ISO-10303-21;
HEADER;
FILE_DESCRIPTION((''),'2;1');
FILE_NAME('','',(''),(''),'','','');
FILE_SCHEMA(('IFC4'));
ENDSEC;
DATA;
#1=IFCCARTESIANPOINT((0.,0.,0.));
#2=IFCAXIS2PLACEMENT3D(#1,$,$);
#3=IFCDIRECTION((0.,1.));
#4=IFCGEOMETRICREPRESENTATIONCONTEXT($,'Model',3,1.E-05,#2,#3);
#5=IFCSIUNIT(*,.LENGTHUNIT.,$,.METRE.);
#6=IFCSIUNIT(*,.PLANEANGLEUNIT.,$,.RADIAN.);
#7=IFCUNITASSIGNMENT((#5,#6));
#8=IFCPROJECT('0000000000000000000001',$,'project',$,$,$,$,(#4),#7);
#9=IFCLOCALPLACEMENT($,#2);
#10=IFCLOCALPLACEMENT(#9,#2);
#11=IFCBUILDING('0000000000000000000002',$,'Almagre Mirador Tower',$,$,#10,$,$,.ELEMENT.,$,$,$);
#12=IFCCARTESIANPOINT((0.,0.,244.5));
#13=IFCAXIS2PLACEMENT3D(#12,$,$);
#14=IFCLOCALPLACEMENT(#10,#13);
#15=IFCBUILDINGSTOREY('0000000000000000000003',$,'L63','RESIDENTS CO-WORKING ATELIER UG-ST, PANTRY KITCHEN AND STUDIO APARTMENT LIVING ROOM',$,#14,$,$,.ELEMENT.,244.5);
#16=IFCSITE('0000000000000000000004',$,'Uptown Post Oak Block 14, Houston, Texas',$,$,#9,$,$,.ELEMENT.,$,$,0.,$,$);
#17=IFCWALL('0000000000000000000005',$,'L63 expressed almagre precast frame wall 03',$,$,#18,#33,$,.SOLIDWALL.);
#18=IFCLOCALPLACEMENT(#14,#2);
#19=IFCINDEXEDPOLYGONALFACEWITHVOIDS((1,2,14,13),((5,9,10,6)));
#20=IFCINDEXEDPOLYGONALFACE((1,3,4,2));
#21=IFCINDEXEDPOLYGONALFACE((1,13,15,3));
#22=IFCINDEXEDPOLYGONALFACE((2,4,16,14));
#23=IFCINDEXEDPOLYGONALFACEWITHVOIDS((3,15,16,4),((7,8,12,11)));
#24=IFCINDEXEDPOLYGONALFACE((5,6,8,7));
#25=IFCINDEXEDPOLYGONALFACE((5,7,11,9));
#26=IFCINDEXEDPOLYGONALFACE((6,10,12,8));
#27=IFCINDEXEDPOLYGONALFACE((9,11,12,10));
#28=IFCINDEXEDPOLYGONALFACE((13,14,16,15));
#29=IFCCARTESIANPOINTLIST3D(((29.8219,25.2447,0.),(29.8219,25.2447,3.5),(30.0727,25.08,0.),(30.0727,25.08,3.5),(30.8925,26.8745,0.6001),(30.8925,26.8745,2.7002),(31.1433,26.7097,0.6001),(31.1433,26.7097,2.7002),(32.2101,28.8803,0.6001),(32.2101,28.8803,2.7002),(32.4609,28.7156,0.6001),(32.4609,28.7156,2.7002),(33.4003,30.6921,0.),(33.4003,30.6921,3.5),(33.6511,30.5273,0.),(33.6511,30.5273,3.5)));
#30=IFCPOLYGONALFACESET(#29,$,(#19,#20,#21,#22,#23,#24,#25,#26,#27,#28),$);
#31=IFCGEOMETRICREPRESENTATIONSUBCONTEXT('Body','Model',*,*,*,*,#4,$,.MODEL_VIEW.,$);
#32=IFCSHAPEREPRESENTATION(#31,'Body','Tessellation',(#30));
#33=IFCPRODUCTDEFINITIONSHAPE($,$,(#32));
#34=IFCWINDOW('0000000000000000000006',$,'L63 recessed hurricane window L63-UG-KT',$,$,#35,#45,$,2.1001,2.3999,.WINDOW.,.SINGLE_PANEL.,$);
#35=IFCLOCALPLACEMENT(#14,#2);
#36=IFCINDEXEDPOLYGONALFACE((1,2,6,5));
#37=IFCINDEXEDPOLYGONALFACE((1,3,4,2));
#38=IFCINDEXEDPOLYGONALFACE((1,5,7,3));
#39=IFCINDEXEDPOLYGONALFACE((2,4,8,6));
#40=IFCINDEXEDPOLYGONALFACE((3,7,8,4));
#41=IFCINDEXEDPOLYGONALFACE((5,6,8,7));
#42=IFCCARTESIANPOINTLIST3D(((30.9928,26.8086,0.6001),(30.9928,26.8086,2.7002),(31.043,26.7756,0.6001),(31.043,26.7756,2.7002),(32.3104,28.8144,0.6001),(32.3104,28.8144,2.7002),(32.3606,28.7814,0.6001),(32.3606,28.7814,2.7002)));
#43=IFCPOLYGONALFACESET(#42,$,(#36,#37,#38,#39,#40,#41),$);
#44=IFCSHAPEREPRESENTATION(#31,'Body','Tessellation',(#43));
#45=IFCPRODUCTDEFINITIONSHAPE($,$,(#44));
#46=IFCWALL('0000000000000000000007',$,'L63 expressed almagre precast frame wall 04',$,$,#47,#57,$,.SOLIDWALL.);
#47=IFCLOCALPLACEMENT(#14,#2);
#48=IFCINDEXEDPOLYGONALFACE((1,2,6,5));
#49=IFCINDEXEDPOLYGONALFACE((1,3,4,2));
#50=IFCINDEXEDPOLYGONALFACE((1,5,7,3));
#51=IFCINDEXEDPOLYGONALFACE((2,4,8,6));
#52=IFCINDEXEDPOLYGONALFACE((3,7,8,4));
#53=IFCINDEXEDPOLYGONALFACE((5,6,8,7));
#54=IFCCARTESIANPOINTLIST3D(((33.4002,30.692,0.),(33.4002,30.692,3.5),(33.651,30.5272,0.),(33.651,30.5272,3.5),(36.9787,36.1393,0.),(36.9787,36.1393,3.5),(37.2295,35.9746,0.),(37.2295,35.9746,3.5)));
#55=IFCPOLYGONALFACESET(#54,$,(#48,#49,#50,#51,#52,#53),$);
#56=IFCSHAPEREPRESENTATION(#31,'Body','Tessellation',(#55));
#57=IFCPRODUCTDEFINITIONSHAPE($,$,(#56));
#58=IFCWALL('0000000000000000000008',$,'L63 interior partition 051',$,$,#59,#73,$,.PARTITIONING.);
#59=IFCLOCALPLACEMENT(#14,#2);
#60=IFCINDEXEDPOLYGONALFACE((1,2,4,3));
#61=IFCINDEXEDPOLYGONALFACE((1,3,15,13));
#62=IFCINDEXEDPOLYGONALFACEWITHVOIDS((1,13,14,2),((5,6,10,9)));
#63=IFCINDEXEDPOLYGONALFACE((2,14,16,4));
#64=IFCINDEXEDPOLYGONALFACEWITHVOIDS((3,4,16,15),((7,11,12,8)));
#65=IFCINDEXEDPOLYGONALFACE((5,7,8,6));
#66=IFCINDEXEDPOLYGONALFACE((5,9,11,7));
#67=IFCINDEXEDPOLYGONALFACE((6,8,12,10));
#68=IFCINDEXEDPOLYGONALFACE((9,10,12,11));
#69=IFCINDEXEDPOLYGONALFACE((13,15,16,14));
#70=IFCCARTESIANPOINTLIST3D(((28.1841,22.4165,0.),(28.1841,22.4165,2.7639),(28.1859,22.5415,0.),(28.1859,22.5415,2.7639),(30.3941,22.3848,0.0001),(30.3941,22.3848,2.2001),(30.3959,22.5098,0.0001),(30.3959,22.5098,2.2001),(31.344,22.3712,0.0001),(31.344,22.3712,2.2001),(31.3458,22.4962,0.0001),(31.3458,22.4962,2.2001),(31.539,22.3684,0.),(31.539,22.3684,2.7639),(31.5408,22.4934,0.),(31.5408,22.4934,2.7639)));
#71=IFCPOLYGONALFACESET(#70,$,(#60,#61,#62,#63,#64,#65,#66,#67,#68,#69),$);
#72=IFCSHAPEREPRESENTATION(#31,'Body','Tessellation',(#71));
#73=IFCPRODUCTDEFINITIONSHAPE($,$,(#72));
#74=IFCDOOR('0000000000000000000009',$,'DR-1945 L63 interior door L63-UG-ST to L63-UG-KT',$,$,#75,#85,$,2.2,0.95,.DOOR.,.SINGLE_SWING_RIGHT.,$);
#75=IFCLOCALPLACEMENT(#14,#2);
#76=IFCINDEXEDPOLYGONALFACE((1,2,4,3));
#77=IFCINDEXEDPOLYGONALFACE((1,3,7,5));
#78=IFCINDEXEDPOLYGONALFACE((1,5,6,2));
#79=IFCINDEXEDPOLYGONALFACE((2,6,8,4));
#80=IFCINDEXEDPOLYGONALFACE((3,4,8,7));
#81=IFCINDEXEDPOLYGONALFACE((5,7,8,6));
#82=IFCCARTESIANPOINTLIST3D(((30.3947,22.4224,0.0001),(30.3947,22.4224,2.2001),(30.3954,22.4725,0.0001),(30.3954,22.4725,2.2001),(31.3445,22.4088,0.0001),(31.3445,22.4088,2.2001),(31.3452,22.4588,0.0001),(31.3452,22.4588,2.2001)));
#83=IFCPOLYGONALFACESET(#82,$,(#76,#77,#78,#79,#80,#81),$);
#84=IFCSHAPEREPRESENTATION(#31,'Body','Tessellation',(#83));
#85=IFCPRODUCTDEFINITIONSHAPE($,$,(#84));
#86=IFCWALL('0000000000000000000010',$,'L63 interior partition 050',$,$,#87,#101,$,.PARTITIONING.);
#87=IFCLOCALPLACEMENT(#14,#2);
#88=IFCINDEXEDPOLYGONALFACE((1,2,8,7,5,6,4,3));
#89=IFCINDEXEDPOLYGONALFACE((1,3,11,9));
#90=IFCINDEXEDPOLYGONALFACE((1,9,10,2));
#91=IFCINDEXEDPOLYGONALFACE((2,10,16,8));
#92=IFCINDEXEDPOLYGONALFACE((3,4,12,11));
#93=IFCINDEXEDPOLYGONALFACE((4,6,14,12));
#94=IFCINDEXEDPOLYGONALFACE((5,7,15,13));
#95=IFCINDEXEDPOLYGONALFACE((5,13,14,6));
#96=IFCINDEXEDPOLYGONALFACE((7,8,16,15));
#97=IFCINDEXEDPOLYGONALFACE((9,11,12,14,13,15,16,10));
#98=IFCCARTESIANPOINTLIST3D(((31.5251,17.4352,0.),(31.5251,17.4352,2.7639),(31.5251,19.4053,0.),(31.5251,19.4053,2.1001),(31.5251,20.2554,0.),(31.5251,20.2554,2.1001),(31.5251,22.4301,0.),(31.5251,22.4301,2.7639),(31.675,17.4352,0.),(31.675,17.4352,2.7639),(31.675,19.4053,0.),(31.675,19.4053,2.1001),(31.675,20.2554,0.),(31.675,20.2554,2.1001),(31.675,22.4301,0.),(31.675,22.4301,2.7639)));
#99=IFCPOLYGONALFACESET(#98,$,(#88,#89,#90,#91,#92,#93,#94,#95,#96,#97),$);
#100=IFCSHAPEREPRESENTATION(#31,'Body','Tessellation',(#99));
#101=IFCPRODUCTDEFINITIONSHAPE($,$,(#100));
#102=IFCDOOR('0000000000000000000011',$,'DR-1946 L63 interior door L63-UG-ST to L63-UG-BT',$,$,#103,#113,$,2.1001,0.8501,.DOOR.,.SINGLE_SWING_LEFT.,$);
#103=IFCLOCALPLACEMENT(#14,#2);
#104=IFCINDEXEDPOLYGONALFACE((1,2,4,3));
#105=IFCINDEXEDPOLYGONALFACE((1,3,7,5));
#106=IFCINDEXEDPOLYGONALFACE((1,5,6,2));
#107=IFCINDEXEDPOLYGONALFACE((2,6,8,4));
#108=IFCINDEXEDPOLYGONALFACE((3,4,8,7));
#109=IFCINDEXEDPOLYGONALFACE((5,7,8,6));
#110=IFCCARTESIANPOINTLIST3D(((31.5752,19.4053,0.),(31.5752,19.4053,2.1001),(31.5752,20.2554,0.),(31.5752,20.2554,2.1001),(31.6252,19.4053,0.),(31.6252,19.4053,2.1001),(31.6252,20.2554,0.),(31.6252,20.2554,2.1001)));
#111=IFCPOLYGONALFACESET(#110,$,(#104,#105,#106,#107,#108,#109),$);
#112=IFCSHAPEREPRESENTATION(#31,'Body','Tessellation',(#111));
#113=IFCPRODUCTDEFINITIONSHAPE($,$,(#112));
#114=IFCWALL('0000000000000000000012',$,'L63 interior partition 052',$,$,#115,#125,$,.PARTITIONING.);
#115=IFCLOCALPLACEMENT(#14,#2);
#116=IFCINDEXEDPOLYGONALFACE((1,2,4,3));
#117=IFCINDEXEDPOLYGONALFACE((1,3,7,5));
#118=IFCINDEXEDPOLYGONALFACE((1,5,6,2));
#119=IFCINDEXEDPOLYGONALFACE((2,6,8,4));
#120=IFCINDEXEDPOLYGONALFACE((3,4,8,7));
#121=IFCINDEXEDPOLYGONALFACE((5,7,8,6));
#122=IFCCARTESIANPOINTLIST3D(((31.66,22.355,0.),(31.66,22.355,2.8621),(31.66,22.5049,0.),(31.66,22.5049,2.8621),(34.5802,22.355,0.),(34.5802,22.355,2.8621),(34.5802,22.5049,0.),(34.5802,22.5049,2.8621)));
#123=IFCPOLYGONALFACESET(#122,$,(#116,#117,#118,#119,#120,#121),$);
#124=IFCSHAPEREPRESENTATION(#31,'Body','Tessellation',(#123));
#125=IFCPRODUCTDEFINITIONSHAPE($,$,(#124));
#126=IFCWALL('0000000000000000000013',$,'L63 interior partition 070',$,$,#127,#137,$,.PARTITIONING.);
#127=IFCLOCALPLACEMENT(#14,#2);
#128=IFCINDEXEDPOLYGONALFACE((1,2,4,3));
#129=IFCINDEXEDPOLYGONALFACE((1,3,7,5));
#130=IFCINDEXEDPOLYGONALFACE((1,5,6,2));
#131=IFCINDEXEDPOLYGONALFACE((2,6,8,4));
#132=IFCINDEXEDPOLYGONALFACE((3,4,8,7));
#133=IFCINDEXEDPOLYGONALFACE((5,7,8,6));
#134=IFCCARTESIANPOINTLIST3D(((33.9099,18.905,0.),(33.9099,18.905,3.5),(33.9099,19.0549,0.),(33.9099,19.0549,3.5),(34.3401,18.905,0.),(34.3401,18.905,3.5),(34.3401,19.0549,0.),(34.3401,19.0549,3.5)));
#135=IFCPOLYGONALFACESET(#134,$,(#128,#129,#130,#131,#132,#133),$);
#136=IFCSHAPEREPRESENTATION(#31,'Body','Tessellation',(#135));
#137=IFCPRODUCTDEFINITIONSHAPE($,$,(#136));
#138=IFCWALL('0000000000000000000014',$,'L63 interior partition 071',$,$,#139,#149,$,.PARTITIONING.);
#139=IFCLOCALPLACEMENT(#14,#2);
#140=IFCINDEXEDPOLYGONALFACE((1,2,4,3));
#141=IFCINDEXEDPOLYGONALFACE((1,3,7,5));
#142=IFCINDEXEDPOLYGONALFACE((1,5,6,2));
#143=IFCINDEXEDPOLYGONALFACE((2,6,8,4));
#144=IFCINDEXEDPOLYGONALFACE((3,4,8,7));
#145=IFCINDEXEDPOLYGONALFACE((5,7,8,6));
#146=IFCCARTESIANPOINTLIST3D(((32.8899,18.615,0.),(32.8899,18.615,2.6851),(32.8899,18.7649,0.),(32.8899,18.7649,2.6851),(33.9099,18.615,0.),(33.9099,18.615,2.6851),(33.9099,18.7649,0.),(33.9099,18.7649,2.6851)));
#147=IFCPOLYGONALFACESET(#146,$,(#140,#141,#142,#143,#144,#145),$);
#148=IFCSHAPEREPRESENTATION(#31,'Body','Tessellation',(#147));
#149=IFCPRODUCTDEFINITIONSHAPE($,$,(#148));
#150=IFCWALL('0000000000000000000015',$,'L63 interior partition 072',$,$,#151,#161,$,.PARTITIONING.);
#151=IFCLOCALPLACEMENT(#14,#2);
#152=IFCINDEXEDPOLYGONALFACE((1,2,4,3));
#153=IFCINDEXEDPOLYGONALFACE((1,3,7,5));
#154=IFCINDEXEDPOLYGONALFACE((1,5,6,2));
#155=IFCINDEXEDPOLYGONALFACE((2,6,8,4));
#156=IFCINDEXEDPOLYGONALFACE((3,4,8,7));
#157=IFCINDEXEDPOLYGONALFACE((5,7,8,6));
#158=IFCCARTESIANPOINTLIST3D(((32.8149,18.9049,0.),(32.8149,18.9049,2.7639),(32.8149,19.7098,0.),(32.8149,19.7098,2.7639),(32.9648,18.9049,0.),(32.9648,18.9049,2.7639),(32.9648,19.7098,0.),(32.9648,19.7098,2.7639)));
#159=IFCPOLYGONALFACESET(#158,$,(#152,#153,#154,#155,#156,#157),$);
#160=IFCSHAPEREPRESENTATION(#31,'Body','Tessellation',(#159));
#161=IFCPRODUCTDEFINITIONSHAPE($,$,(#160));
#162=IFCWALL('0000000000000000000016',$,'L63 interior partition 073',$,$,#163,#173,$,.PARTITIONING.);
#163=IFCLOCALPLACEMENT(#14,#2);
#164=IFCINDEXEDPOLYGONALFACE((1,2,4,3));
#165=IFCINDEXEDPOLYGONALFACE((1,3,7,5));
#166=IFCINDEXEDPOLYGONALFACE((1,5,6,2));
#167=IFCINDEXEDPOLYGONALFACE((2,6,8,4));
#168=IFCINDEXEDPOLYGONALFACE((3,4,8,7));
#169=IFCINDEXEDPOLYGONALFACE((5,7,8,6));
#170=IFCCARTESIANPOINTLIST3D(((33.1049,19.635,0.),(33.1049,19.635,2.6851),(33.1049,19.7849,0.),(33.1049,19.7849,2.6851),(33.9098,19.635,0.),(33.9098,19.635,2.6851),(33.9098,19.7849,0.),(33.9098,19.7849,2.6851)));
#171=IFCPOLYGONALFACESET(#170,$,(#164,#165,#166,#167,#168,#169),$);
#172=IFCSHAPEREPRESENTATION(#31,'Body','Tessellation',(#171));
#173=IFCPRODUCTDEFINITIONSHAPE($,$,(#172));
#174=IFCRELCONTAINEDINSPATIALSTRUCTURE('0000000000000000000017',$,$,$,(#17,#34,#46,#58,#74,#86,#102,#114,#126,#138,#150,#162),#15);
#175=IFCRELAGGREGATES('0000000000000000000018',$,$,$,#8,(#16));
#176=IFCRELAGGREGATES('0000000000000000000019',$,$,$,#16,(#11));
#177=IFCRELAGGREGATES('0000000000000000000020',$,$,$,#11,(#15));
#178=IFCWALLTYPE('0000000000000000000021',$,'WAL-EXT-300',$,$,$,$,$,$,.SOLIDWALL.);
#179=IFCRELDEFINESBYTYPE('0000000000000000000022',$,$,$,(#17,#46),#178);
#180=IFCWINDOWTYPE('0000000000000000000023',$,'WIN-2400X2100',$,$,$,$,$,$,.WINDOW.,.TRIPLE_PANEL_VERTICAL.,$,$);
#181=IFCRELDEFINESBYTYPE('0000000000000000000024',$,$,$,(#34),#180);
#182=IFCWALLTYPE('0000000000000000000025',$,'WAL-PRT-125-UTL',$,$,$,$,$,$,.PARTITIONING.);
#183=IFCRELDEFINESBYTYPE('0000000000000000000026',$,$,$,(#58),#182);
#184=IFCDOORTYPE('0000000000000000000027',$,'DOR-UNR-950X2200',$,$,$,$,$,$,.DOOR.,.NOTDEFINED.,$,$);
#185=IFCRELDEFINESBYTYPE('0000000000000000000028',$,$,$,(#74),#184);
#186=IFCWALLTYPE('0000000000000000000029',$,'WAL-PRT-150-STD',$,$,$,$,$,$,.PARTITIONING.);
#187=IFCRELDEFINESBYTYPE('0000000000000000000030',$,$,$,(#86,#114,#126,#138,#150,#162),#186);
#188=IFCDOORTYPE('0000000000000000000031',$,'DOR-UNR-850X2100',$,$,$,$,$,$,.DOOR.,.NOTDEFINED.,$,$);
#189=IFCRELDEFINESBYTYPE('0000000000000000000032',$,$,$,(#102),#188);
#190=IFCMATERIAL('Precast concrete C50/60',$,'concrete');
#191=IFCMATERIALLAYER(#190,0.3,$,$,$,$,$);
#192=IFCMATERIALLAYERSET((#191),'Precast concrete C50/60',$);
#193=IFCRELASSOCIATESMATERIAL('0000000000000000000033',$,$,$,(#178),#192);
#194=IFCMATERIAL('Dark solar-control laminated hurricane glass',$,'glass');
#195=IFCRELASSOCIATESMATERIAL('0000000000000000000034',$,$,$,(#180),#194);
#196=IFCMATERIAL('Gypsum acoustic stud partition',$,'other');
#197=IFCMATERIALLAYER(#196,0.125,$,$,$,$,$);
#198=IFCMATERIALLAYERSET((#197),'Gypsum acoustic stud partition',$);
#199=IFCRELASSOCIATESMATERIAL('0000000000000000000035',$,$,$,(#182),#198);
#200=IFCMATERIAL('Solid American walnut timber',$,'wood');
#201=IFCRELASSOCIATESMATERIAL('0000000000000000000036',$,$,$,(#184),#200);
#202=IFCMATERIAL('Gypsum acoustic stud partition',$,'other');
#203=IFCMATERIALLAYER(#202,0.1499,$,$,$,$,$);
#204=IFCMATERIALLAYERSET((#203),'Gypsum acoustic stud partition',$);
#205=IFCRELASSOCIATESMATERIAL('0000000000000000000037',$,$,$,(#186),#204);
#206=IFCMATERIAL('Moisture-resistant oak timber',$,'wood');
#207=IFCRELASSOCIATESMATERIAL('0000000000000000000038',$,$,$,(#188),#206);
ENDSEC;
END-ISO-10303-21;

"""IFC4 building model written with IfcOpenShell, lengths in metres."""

from ifc_helpers import new_model, si_unit, direction, frame, frame_2d, origin, place, context, subcontext, project, spatial, rectangle, extrude, material, layer, layer_set, type_object, element, fill, save


model = new_model("IFC4")

# Units and contexts
model_context = context("Model", 3, precision=1e-05, world=origin(), true_north=direction((0.0, 1.0)))
body_context = subcontext(model_context, "Body", "Model", "MODEL_VIEW")
ifc_project = project(units=[si_unit("LENGTHUNIT", "METRE"), si_unit("PLANEANGLEUNIT", "RADIAN")], contexts=[model_context])

# Site, building, storey
site_placement = place(None, origin())
site = spatial("IfcSite", under=ifc_project, at=site_placement, Name="Uptown Post Oak Block 14, Houston, Texas", CompositionType="ELEMENT", RefElevation=0.0)
building_placement = place(site_placement, origin())
building = spatial("IfcBuilding", under=site, at=building_placement, Name="Almagre Mirador Tower", CompositionType="ELEMENT")
storey_placement = place(building_placement, frame((0.0, 0.0, 244.5)))
storey = spatial("IfcBuildingStorey", under=building, at=storey_placement, Name="L63", Description="RESIDENTS CO-WORKING ATELIER UG-ST, PANTRY KITCHEN AND STUDIO APARTMENT LIVING ROOM", CompositionType="ELEMENT", Elevation=244.5)

# Wall, opening, window
ifc_material_1 = material(Name="Precast concrete C50/60", Category="concrete")
ifc_layer_1 = layer(ifc_material_1, 0.3)
ifc_layer_set_1 = layer_set([ifc_layer_1], Name="Precast concrete C50/60")
wall_type_1 = type_object("IfcWallType", Name="WAL-EXT-300", PredefinedType="SOLIDWALL", material=ifc_layer_set_1)
wall_1_placement = place(storey_placement, frame((29.9473, 25.1624, 0.0), z_axis=(0.0, 0.0, 1.0), x_axis=(0.549043, 0.835794, 0.0)))
wall_1 = element("IfcWall", 1, at=wall_1_placement, inside=storey, type_object=wall_type_1, Name="L63 expressed almagre precast frame wall 03", PredefinedType="SOLIDWALL", context=body_context, shape_type="SweptSolid", body=[
    extrude(rectangle(XDim=6.5176, YDim=0.3, at=frame_2d((3.2588, 0.0))), origin(), (0.0, 0.0, 1.0), 3.5),
])
opening_1_placement = place(wall_1_placement, frame((1.95, 0.0, 0.6001)))
opening_1 = element("IfcOpeningElement", 2, at=opening_1_placement, cuts=wall_1, PredefinedType="OPENING", context=body_context, shape_type="SweptSolid", body=[
    extrude(rectangle(XDim=2.3999, YDim=2.1001, at=frame_2d((1.2, 1.05))), frame((0.0, 0.1599, 0.0), z_axis=(0.0, -1.0, 0.0), x_axis=(1.0, 0.0, 0.0)), (0.0, 0.0, 1.0), 0.32),
])
ifc_material_2 = material(Name="Dark solar-control laminated hurricane glass", Category="glass")
window_type = type_object("IfcWindowType", Name="WIN-2400X2100", PartitioningType="TRIPLE_PANEL_VERTICAL", PredefinedType="WINDOW", material=ifc_material_2)
window_placement = place(opening_1_placement, origin())
window = element("IfcWindow", 3, at=window_placement, inside=storey, type_object=window_type, Name="L63 recessed hurricane window L63-UG-KT", OverallHeight=2.1001, OverallWidth=2.3999, PartitioningType="SINGLE_PANEL", PredefinedType="WINDOW", context=body_context, shape_type="SweptSolid", body=[
    extrude(rectangle(XDim=2.3999, YDim=2.1001, at=frame_2d((1.2, 1.05))), frame((0.0, 0.03, 0.0), z_axis=(0.0, -1.0, 0.0), x_axis=(1.0, 0.0, 0.0)), (0.0, 0.0, 1.0), 0.0601),
])
fill(opening_1, window)

# Wall
wall_2_placement = place(storey_placement, frame((33.5256, 30.6096, 0.0), z_axis=(0.0, 0.0, 1.0), x_axis=(0.549043, 0.835794, 0.0)))
element("IfcWall", 4, at=wall_2_placement, inside=storey, type_object=wall_type_1, Name="L63 expressed almagre precast frame wall 04", PredefinedType="SOLIDWALL", context=body_context, shape_type="SweptSolid", body=[
    extrude(rectangle(XDim=6.5176, YDim=0.3, at=frame_2d((3.2588, 0.0))), origin(), (0.0, 0.0, 1.0), 3.5),
])

# Walls, openings, doors
ifc_material_3 = material(Name="Gypsum acoustic stud partition", Category="other")
ifc_layer_2 = layer(ifc_material_3, 0.125)
ifc_layer_set_2 = layer_set([ifc_layer_2], Name="Gypsum acoustic stud partition")
wall_type_2 = type_object("IfcWallType", Name="WAL-PRT-125-UTL", PredefinedType="PARTITIONING", material=ifc_layer_set_2)
wall_3_placement = place(storey_placement, frame((31.54, 22.4309, 0.0), z_axis=(0.0, 0.0, 1.0), x_axis=(-0.999897, 0.014334, 0.0)))
wall_3 = element("IfcWall", 5, at=wall_3_placement, inside=storey, type_object=wall_type_2, Name="L63 interior partition 051", PredefinedType="PARTITIONING", context=body_context, shape_type="SweptSolid", body=[
    extrude(rectangle(XDim=3.3552, YDim=0.125, at=frame_2d((1.6777, 0.0))), origin(), (0.0, 0.0, 1.0), 2.7639),
])
opening_2_placement = place(wall_3_placement, frame((0.1951, 0.0, 0.0)))
opening_2 = element("IfcOpeningElement", 6, at=opening_2_placement, cuts=wall_3, PredefinedType="OPENING", context=body_context, shape_type="SweptSolid", body=[
    extrude(rectangle(XDim=0.95, YDim=2.2, at=frame_2d((0.4751, 1.1001))), frame((0.0, 0.0725, 0.0), z_axis=(0.0, -1.0, 0.0), x_axis=(1.0, 0.0, 0.0)), (0.0, 0.0, 1.0), 0.145),
])
ifc_material_4 = material(Name="Solid American walnut timber", Category="wood")
door_type_1 = type_object("IfcDoorType", Name="DOR-UNR-950X2200", OperationType="NOTDEFINED", PredefinedType="DOOR", material=ifc_material_4)
door_1_placement = place(opening_2_placement, origin())
door_1 = element("IfcDoor", 7, at=door_1_placement, inside=storey, type_object=door_type_1, Name="DR-1945 L63 interior door L63-UG-ST to L63-UG-KT", OperationType="SINGLE_SWING_RIGHT", OverallHeight=2.2, OverallWidth=0.95, PredefinedType="DOOR", context=body_context, shape_type="SweptSolid", body=[
    extrude(rectangle(XDim=0.95, YDim=2.2, at=frame_2d((0.4751, 1.1001))), frame((0.0, 0.0249, 0.0), z_axis=(0.0, -1.0, 0.0), x_axis=(1.0, 0.0, 0.0)), (0.0, 0.0, 1.0), 0.05),
])
fill(opening_2, door_1)
ifc_material_5 = material(Name="Gypsum acoustic stud partition", Category="other")
ifc_layer_3 = layer(ifc_material_5, 0.1499)
ifc_layer_set_3 = layer_set([ifc_layer_3], Name="Gypsum acoustic stud partition")
wall_type_3 = type_object("IfcWallType", Name="WAL-PRT-150-STD", PredefinedType="PARTITIONING", material=ifc_layer_set_3)
wall_4_placement = place(storey_placement, frame((31.6001, 17.4351, 0.0), z_axis=(0.0, 0.0, 1.0), x_axis=(0.0, 1.0, 0.0)))
wall_4 = element("IfcWall", 8, at=wall_4_placement, inside=storey, type_object=wall_type_3, Name="L63 interior partition 050", PredefinedType="PARTITIONING", context=body_context, shape_type="SweptSolid", body=[
    extrude(rectangle(XDim=4.9949, YDim=0.1499, at=frame_2d((2.4976, 0.0))), origin(), (0.0, 0.0, 1.0), 2.7639),
])
opening_3_placement = place(wall_4_placement, frame((1.9702, 0.0, 0.0)))
opening_3 = element("IfcOpeningElement", 9, at=opening_3_placement, cuts=wall_4, PredefinedType="OPENING", context=body_context, shape_type="SweptSolid", body=[
    extrude(rectangle(XDim=0.8501, YDim=2.1001, at=frame_2d((0.425, 1.05))), frame((0.0, 0.085, 0.0), z_axis=(0.0, -1.0, 0.0), x_axis=(1.0, 0.0, 0.0)), (0.0, 0.0, 1.0), 0.1699),
])
ifc_material_6 = material(Name="Moisture-resistant oak timber", Category="wood")
door_type_2 = type_object("IfcDoorType", Name="DOR-UNR-850X2100", OperationType="NOTDEFINED", PredefinedType="DOOR", material=ifc_material_6)
door_2_placement = place(opening_3_placement, origin())
door_2 = element("IfcDoor", 10, at=door_2_placement, inside=storey, type_object=door_type_2, Name="DR-1946 L63 interior door L63-UG-ST to L63-UG-BT", OperationType="SINGLE_SWING_LEFT", OverallHeight=2.1001, OverallWidth=0.8501, PredefinedType="DOOR", context=body_context, shape_type="SweptSolid", body=[
    extrude(rectangle(XDim=0.8501, YDim=2.1001, at=frame_2d((0.425, 1.05))), frame((0.0, 0.0249, 0.0), z_axis=(0.0, -1.0, 0.0), x_axis=(1.0, 0.0, 0.0)), (0.0, 0.0, 1.0), 0.05),
])
fill(opening_3, door_2)

# Walls
wall_5_placement = place(storey_placement, frame((34.5801, 22.4299, 0.0), z_axis=(0.0, 0.0, 1.0), x_axis=(-1.0, 0.0, 0.0)))
element("IfcWall", 11, at=wall_5_placement, inside=storey, type_object=wall_type_3, Name="L63 interior partition 052", PredefinedType="PARTITIONING", context=body_context, shape_type="SweptSolid", body=[
    extrude(rectangle(XDim=2.9202, YDim=0.1499, at=frame_2d((1.46, 0.0))), origin(), (0.0, 0.0, 1.0), 2.8621),
])
wall_6_placement = place(storey_placement, frame((34.3401, 18.98, 0.0), z_axis=(0.0, 0.0, 1.0), x_axis=(-1.0, 0.0, 0.0)))
element("IfcWall", 12, at=wall_6_placement, inside=storey, type_object=wall_type_3, Name="L63 interior partition 070", PredefinedType="PARTITIONING", context=body_context, shape_type="SweptSolid", body=[
    extrude(rectangle(XDim=0.4302, YDim=0.1499, at=frame_2d((0.2151, 0.0))), origin(), (0.0, 0.0, 1.0), 3.5),
])
wall_7_placement = place(storey_placement, frame((33.9099, 18.6899, 0.0), z_axis=(0.0, 0.0, 1.0), x_axis=(-1.0, 0.0, 0.0)))
element("IfcWall", 13, at=wall_7_placement, inside=storey, type_object=wall_type_3, Name="L63 interior partition 071", PredefinedType="PARTITIONING", context=body_context, shape_type="SweptSolid", body=[
    extrude(rectangle(XDim=1.02, YDim=0.1499, at=frame_2d((0.51, 0.0))), origin(), (0.0, 0.0, 1.0), 2.6851),
])
wall_8_placement = place(storey_placement, frame((32.8899, 18.905, 0.0), z_axis=(0.0, 0.0, 1.0), x_axis=(0.0, 1.0, 0.0)))
element("IfcWall", 14, at=wall_8_placement, inside=storey, type_object=wall_type_3, Name="L63 interior partition 072", PredefinedType="PARTITIONING", context=body_context, shape_type="SweptSolid", body=[
    extrude(rectangle(XDim=0.8049, YDim=0.1499, at=frame_2d((0.4023, 0.0))), origin(), (0.0, 0.0, 1.0), 2.7639),
])
wall_9_placement = place(storey_placement, frame((33.105, 19.71, 0.0), z_axis=(0.0, 0.0, 1.0), x_axis=(1.0, 0.0, 0.0)))
element("IfcWall", 15, at=wall_9_placement, inside=storey, type_object=wall_type_3, Name="L63 interior partition 073", PredefinedType="PARTITIONING", context=body_context, shape_type="SweptSolid", body=[
    extrude(rectangle(XDim=0.8049, YDim=0.1499, at=frame_2d((0.4023, 0.0))), origin(), (0.0, 0.0, 1.0), 2.6851),
])

save(model, "model.ifc")
